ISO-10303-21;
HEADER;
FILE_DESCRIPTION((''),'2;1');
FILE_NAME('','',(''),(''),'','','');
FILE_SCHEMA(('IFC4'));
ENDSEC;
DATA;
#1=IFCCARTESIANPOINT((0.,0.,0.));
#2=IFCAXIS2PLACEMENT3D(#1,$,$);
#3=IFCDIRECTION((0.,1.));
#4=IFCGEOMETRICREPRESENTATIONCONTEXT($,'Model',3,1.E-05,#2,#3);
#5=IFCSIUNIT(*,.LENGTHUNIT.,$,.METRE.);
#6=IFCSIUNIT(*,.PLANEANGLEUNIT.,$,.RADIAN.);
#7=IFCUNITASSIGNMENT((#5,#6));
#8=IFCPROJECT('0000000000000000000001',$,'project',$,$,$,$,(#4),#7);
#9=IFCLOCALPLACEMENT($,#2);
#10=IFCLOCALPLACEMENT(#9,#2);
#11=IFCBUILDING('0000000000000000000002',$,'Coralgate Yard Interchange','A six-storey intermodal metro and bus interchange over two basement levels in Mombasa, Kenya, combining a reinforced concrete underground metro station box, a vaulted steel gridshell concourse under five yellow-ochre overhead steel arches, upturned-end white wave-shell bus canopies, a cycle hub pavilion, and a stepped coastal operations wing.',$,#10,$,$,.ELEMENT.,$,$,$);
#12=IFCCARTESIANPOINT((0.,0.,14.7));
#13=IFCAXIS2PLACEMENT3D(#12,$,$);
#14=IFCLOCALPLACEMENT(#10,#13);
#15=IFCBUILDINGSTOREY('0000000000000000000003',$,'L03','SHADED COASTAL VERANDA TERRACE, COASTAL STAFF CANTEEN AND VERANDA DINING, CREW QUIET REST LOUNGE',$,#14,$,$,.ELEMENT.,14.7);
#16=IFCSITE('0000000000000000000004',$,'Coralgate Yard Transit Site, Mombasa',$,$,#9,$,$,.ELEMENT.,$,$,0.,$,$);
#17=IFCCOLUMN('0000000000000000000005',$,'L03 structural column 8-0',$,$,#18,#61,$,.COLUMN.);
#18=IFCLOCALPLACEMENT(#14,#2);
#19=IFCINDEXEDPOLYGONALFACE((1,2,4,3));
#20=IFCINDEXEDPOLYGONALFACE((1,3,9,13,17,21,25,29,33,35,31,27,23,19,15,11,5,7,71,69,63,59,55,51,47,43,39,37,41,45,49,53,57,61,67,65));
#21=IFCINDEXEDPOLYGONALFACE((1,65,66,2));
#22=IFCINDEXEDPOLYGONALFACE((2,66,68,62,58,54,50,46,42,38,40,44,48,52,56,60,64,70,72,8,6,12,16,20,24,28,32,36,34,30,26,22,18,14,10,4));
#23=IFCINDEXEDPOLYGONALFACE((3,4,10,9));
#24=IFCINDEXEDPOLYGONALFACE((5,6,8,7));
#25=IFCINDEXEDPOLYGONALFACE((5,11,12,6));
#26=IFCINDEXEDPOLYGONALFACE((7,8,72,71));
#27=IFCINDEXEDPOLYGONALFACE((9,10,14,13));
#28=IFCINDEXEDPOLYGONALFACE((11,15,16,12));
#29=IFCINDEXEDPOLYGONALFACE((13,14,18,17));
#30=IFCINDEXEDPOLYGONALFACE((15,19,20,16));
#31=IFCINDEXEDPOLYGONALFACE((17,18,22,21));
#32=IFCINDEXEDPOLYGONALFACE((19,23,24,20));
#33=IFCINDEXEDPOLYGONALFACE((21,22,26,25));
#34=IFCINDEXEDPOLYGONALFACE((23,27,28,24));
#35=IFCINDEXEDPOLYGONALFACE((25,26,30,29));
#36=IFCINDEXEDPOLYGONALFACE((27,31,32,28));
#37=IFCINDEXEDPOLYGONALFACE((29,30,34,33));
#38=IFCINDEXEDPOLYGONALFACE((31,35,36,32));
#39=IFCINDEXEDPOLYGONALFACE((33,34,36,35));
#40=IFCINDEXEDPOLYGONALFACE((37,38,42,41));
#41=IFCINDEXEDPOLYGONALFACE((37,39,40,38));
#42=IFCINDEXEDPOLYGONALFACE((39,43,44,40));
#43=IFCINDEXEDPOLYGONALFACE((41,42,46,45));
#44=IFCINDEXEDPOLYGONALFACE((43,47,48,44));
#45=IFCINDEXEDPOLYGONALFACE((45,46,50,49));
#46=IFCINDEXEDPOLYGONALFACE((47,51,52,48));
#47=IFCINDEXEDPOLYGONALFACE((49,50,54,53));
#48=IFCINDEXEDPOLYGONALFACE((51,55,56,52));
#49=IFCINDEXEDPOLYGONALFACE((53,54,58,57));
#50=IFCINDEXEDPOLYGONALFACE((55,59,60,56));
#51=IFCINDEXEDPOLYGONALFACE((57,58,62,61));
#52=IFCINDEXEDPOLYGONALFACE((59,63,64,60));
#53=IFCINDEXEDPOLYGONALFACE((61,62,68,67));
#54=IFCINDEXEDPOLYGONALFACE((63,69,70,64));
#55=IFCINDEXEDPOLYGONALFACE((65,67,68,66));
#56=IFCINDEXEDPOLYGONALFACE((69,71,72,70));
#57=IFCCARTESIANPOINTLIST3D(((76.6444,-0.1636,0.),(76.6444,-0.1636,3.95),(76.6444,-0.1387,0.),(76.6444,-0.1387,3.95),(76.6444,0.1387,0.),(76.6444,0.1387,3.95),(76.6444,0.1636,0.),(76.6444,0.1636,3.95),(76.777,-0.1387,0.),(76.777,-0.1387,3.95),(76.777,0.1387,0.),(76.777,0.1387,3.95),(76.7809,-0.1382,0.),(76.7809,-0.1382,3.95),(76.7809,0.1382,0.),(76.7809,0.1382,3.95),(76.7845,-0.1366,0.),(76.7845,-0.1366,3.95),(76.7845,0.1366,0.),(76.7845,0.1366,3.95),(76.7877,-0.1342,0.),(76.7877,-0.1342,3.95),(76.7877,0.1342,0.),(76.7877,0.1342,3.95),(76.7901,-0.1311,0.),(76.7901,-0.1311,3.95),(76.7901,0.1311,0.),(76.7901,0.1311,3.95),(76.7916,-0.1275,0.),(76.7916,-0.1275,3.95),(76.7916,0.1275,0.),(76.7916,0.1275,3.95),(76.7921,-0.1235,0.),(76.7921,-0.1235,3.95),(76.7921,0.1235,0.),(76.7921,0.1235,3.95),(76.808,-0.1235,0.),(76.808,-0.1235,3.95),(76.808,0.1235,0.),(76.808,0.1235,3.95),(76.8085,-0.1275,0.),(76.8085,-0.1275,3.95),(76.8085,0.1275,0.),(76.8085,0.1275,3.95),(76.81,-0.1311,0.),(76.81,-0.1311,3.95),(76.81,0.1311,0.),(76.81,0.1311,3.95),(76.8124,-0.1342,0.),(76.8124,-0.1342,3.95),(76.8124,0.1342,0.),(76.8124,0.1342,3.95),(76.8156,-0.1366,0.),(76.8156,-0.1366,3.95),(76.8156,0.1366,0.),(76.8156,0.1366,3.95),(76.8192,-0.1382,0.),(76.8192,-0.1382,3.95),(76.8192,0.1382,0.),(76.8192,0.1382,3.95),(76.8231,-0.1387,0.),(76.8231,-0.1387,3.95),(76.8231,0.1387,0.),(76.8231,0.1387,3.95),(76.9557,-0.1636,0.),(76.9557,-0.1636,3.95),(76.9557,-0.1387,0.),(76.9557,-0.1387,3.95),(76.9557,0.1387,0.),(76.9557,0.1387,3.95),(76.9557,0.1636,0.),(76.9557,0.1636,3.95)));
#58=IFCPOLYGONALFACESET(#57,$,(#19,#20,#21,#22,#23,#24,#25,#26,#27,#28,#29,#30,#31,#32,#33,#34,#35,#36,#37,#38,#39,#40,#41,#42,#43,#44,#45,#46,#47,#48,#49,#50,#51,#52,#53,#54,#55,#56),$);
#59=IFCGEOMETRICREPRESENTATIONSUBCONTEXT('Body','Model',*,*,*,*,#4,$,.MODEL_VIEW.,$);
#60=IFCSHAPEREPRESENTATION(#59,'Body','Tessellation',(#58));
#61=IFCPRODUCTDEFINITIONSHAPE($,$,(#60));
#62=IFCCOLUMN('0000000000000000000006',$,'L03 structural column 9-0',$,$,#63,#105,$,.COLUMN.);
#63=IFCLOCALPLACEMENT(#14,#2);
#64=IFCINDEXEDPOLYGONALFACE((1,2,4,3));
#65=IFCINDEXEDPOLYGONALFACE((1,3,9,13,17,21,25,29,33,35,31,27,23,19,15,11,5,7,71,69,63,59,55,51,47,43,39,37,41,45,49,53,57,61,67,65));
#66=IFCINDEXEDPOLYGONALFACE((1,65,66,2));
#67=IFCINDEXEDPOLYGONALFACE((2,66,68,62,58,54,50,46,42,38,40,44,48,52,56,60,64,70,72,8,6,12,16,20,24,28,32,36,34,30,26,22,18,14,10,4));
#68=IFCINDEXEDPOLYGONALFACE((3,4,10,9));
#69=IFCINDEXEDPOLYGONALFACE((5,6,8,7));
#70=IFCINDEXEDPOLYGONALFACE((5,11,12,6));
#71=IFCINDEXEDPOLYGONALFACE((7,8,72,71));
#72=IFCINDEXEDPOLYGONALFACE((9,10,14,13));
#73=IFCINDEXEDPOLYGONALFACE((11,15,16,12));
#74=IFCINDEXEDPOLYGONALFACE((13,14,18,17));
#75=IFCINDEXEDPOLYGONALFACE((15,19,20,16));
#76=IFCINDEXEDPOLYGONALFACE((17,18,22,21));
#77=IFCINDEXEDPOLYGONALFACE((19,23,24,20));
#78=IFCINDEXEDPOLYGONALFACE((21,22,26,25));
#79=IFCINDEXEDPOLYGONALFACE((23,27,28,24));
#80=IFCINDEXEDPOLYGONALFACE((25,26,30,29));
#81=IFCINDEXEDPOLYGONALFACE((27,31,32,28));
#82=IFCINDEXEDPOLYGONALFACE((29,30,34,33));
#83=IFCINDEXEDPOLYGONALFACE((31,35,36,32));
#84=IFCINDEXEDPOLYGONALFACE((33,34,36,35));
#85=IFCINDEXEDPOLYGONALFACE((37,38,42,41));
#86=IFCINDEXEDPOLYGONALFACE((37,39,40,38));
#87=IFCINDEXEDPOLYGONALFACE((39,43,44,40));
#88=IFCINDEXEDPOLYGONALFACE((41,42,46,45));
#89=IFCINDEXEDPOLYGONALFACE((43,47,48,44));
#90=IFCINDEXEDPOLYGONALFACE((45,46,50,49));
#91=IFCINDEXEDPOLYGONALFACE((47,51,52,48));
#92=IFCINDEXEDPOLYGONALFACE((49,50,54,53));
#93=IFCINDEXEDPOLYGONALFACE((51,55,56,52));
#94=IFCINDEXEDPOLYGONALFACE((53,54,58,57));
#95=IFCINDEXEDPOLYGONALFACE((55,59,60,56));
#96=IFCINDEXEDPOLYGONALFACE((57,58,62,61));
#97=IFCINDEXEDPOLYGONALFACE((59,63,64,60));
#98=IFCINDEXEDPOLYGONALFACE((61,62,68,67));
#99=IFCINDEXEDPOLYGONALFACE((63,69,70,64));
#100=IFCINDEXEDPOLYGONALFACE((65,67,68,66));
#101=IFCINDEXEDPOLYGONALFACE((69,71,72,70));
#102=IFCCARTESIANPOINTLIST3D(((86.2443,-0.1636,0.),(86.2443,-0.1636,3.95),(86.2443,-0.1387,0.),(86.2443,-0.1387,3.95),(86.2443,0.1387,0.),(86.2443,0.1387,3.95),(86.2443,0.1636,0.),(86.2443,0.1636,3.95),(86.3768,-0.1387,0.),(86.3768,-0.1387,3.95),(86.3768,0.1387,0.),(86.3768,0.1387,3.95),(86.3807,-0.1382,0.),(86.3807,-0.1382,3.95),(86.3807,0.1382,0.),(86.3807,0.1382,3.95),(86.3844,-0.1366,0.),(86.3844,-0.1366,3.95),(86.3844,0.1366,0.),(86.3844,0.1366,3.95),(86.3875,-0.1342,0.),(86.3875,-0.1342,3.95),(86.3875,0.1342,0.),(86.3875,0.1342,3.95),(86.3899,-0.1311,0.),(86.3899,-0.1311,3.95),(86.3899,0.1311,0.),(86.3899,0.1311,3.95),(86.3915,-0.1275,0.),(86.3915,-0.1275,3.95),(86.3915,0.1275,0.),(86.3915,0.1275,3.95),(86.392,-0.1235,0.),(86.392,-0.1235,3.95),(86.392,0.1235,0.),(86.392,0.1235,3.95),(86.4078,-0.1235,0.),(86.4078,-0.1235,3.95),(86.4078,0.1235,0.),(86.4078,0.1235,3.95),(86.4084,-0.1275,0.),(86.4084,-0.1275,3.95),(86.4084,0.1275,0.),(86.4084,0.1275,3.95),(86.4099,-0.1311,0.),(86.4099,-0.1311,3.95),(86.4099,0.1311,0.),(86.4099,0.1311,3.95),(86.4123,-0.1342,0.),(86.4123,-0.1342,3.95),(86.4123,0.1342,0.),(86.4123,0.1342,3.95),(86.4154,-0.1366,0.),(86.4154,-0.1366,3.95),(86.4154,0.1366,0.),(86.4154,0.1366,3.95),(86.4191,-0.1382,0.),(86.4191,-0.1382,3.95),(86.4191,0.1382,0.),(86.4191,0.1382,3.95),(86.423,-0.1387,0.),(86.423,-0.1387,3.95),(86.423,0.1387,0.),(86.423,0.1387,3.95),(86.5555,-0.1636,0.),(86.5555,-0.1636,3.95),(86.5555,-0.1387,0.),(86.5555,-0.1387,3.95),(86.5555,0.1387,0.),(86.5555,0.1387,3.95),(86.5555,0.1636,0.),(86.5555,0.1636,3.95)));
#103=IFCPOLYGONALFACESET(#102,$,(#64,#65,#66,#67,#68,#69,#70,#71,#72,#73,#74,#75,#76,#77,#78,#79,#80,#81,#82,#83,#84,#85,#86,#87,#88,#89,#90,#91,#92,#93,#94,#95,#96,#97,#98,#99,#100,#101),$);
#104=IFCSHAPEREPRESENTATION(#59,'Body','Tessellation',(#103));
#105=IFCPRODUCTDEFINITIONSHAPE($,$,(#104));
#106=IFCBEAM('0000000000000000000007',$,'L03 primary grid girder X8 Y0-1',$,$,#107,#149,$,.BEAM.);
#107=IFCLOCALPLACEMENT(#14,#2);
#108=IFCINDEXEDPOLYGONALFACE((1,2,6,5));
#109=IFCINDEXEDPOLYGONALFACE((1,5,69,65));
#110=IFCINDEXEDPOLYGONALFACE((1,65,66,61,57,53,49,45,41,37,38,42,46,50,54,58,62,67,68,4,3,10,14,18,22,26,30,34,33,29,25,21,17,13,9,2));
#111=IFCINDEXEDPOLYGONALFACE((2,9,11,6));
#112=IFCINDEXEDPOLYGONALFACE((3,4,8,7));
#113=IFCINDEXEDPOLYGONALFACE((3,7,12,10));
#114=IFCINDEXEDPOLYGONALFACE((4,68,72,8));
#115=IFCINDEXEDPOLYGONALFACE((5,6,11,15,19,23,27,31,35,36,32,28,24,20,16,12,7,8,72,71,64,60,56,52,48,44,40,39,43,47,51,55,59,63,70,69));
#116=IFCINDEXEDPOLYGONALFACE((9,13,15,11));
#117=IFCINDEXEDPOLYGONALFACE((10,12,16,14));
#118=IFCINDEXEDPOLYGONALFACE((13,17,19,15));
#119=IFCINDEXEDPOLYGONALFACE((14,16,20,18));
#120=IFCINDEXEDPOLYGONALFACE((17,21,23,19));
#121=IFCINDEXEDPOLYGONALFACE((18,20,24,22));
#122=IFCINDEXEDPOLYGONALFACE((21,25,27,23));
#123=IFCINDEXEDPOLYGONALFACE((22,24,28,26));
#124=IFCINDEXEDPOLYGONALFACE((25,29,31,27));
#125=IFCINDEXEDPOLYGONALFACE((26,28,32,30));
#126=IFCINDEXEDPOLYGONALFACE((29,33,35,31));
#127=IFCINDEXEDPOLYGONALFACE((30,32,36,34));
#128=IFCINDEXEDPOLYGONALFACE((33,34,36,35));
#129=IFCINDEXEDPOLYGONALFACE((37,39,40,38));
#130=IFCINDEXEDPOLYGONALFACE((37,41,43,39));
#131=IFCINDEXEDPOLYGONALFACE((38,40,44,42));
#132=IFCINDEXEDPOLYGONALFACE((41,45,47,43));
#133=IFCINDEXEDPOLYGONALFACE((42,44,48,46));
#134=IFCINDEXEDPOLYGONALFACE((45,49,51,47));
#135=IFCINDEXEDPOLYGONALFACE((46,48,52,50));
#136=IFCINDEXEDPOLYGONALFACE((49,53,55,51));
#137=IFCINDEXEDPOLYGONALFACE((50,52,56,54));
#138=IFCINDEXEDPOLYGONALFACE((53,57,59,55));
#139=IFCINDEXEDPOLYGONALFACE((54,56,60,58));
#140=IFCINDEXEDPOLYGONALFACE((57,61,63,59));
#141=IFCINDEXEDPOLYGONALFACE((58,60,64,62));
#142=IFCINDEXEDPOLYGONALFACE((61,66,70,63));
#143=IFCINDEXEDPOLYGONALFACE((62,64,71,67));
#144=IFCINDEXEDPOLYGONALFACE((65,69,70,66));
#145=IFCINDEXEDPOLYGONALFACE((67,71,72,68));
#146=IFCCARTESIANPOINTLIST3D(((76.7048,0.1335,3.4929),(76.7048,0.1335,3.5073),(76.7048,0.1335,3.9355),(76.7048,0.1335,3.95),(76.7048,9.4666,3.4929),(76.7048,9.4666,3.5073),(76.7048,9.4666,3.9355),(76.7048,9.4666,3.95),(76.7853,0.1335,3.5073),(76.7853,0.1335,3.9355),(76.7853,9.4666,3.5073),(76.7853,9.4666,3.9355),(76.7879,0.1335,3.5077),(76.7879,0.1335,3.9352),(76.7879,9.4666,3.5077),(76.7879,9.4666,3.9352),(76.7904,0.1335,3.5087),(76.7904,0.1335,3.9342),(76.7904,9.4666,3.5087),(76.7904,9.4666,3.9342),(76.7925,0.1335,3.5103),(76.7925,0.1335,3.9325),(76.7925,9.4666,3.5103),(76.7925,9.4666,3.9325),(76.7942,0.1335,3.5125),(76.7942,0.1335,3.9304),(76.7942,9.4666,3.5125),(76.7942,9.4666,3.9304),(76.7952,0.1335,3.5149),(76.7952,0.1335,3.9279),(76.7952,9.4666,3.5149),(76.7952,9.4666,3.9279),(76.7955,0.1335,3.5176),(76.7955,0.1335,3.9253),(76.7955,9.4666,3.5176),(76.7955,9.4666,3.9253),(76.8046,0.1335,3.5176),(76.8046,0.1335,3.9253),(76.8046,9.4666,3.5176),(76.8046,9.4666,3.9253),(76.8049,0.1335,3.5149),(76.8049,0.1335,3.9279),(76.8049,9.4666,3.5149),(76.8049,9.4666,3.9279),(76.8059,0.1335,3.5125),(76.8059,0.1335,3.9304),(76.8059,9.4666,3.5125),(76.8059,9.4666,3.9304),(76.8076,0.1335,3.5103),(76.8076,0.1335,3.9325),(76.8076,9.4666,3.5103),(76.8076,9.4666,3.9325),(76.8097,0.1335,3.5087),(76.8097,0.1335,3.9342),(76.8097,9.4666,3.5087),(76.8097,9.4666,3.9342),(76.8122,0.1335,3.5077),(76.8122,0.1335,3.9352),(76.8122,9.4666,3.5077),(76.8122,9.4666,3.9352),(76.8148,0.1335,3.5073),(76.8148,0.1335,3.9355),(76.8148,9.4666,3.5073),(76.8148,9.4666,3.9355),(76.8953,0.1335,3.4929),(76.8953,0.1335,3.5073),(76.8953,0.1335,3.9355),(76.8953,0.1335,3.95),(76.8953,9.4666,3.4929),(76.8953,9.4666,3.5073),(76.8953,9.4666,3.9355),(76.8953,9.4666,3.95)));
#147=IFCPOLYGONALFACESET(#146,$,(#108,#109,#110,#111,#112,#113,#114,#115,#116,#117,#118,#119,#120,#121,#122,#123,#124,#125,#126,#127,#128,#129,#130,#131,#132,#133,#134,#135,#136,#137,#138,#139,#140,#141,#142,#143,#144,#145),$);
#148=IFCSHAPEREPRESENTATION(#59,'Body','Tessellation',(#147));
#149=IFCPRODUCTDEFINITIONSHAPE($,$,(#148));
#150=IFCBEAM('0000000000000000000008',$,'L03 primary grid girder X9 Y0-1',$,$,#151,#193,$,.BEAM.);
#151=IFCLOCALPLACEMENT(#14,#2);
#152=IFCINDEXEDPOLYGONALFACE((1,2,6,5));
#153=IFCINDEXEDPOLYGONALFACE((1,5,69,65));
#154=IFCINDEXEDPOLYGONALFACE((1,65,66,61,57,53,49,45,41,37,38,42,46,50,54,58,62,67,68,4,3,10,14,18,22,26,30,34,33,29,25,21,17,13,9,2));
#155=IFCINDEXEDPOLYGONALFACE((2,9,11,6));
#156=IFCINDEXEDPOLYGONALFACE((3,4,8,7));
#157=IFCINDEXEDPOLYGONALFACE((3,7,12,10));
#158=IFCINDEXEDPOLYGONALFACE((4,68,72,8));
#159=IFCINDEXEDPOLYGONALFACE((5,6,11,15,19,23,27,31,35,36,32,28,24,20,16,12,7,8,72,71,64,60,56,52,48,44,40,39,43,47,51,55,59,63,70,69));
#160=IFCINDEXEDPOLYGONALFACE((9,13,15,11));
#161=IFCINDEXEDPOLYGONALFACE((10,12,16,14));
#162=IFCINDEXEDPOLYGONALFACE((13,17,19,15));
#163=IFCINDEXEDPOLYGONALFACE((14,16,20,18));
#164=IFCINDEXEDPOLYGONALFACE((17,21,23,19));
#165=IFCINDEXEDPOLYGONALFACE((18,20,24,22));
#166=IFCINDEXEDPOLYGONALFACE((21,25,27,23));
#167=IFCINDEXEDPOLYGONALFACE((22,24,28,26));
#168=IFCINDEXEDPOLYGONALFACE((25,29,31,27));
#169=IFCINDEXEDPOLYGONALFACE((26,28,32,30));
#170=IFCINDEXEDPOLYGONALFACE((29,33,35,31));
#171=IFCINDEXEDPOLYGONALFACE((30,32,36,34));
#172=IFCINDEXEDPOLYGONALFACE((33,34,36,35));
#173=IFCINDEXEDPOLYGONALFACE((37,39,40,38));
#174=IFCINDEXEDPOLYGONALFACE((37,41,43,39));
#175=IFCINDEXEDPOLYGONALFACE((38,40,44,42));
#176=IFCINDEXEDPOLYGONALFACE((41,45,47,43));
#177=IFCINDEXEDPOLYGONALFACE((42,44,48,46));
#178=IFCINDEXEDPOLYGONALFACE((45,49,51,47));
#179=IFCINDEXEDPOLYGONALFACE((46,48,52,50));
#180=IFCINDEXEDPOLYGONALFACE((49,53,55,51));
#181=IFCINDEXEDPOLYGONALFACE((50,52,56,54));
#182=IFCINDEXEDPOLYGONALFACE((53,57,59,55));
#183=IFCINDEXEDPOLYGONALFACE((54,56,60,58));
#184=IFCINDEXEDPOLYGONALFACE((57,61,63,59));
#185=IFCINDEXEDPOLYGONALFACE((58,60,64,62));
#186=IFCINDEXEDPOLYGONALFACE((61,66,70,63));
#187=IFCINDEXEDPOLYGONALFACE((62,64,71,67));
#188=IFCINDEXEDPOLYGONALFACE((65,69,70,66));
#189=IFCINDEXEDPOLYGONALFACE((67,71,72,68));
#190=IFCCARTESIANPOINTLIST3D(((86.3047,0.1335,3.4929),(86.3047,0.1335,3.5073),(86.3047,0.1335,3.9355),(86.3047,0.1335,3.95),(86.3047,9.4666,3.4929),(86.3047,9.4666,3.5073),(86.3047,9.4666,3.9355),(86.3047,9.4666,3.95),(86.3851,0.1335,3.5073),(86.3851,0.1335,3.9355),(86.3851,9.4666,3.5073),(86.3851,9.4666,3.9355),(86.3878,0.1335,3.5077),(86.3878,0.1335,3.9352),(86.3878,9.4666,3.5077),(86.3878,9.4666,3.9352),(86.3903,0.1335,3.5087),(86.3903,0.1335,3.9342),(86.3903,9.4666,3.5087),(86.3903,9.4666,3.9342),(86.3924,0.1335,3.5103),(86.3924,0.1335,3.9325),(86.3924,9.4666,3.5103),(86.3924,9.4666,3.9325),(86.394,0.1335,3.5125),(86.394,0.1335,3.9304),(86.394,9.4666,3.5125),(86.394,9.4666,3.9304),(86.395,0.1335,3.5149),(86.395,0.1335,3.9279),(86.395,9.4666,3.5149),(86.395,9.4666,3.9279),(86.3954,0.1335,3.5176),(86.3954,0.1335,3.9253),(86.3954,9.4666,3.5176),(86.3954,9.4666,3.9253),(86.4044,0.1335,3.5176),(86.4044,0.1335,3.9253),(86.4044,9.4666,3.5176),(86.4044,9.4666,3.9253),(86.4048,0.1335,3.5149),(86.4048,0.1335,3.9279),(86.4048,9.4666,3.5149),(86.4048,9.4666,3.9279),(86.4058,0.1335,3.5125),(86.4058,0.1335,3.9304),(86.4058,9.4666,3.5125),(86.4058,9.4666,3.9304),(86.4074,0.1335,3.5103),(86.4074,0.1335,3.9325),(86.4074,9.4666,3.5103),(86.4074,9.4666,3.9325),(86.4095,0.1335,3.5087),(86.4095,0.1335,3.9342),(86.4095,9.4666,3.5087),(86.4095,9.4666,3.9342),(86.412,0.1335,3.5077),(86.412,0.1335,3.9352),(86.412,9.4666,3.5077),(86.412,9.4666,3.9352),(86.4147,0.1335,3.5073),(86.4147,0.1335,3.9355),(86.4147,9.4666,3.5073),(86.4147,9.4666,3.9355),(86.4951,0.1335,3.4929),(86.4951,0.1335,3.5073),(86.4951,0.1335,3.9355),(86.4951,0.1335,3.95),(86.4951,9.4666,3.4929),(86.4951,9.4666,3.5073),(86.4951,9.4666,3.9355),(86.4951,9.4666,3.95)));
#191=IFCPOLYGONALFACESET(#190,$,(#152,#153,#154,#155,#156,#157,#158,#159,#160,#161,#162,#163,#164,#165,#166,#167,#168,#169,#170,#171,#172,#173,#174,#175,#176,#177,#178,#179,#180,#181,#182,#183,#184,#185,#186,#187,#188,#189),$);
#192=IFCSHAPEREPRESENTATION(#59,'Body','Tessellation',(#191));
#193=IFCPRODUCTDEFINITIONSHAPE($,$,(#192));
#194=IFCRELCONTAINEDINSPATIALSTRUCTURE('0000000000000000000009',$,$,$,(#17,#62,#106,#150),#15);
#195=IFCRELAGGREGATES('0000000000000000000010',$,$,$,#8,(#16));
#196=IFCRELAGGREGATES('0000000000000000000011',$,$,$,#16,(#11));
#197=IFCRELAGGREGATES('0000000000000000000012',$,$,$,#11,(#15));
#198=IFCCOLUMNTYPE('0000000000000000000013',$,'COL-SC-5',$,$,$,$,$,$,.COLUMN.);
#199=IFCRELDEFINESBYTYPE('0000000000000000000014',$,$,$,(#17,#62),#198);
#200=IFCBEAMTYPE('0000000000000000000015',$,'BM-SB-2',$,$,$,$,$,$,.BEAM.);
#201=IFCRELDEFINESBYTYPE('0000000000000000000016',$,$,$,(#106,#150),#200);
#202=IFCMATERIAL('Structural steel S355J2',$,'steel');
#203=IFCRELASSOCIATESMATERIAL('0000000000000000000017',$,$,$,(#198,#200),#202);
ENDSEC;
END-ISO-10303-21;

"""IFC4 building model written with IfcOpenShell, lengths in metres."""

from ifc_helpers import new_model, si_unit, direction, frame, origin, origin_2d, place, context, subcontext, project, spatial, i_section, extrude, material, material_profile, profile_set, type_object, element, save


model = new_model("IFC4")

# Units and contexts
model_context = context("Model", 3, precision=1e-05, world=origin(), true_north=direction((0.0, 1.0)))
body_context = subcontext(model_context, "Body", "Model", "MODEL_VIEW")
ifc_project = project(units=[si_unit("LENGTHUNIT", "METRE"), si_unit("PLANEANGLEUNIT", "RADIAN")], contexts=[model_context])

# Site, building, storey
site_placement = place(None, origin())
site = spatial("IfcSite", under=ifc_project, at=site_placement, Name="Coralgate Yard Transit Site, Mombasa", CompositionType="ELEMENT", RefElevation=0.0)
building_placement = place(site_placement, origin())
building = spatial("IfcBuilding", under=site, at=building_placement, Name="Coralgate Yard Interchange", Description="A six-storey intermodal metro and bus interchange over two basement levels in Mombasa, Kenya, combining a reinforced concrete underground metro station box, a vaulted steel gridshell concourse under five yellow-ochre overhead steel arches, upturned-end white wave-shell bus canopies, a cycle hub pavilion, and a stepped coastal operations wing.", CompositionType="ELEMENT")
storey_placement = place(building_placement, frame((0.0, 0.0, 14.7)))
storey = spatial("IfcBuildingStorey", under=building, at=storey_placement, Name="L03", Description="SHADED COASTAL VERANDA TERRACE, COASTAL STAFF CANTEEN AND VERANDA DINING, CREW QUIET REST LOUNGE", CompositionType="ELEMENT", Elevation=14.7)

# Columns
ifc_material_1 = material(Name="Structural steel S355J2", Category="steel")
ifc_material_profile_1 = material_profile(ifc_material_1, i_section(OverallWidth=0.3113, OverallDepth=0.3271, WebThickness=0.0159, FlangeThickness=0.0249, FilletRadius=0.0151, at=origin_2d()), Name="UC 305x305x158")
ifc_profile_set_1 = profile_set([ifc_material_profile_1], Name="Structural steel S355J2")
column_type = type_object("IfcColumnType", Name="COL-SC-5", PredefinedType="COLUMN", material=ifc_profile_set_1)
for number, where, z_axis, x_axis, name in (
    (1, (76.8, 0.0, 0.0), (0.0, 0.0, 1.0), (1.0, 0.0, 0.0), "L03 structural column 8-0"),
    (2, (86.3999, 0.0, 0.0), (0.0, 0.0, 1.0), (1.0, 0.0, 0.0), "L03 structural column 9-0"),
):
    element("IfcColumn", number, at=place(storey_placement, frame(where, z_axis=z_axis, x_axis=x_axis)), inside=storey, type_object=column_type, Name=name, PredefinedType="COLUMN", context=body_context, shape_type="SweptSolid", body=[
        extrude(i_section(OverallWidth=0.3113, OverallDepth=0.3271, WebThickness=0.0159, FlangeThickness=0.0249, FilletRadius=0.0151, at=origin_2d()), origin(), (0.0, 0.0, 1.0), 3.95),
    ])

# Beams
ifc_material_profile_2 = material_profile(ifc_material_1, i_section(OverallWidth=0.1904, OverallDepth=0.457, WebThickness=0.009, FlangeThickness=0.0144, FilletRadius=0.0103, at=origin_2d()), Name="UB 457x191x74")
ifc_profile_set_2 = profile_set([ifc_material_profile_2], Name="Structural steel S355J2")
beam_type_1 = type_object("IfcBeamType", Name="BM-SB-2", PredefinedType="BEAM", material=ifc_profile_set_2)
for number, where, z_axis, x_axis, name in (
    (3, (76.8, 0.1335, 3.7214), (0.0, 1.0, 0.0), (-1.0, 0.0, 0.0), "L03 primary grid girder X8 Y0-1"),
    (4, (86.3999, 0.1335, 3.7214), (0.0, 1.0, 0.0), (-1.0, 0.0, 0.0), "L03 primary grid girder X9 Y0-1"),
):
    element("IfcBeam", number, at=place(storey_placement, frame(where, z_axis=z_axis, x_axis=x_axis)), inside=storey, type_object=beam_type_1, Name=name, PredefinedType="BEAM", context=body_context, shape_type="SweptSolid", body=[
        extrude(i_section(OverallWidth=0.1904, OverallDepth=0.457, WebThickness=0.009, FlangeThickness=0.0144, FilletRadius=0.0103, at=origin_2d()), origin(), (0.0, 0.0, 1.0), 9.333),
    ])

save(model, "model.ifc")
